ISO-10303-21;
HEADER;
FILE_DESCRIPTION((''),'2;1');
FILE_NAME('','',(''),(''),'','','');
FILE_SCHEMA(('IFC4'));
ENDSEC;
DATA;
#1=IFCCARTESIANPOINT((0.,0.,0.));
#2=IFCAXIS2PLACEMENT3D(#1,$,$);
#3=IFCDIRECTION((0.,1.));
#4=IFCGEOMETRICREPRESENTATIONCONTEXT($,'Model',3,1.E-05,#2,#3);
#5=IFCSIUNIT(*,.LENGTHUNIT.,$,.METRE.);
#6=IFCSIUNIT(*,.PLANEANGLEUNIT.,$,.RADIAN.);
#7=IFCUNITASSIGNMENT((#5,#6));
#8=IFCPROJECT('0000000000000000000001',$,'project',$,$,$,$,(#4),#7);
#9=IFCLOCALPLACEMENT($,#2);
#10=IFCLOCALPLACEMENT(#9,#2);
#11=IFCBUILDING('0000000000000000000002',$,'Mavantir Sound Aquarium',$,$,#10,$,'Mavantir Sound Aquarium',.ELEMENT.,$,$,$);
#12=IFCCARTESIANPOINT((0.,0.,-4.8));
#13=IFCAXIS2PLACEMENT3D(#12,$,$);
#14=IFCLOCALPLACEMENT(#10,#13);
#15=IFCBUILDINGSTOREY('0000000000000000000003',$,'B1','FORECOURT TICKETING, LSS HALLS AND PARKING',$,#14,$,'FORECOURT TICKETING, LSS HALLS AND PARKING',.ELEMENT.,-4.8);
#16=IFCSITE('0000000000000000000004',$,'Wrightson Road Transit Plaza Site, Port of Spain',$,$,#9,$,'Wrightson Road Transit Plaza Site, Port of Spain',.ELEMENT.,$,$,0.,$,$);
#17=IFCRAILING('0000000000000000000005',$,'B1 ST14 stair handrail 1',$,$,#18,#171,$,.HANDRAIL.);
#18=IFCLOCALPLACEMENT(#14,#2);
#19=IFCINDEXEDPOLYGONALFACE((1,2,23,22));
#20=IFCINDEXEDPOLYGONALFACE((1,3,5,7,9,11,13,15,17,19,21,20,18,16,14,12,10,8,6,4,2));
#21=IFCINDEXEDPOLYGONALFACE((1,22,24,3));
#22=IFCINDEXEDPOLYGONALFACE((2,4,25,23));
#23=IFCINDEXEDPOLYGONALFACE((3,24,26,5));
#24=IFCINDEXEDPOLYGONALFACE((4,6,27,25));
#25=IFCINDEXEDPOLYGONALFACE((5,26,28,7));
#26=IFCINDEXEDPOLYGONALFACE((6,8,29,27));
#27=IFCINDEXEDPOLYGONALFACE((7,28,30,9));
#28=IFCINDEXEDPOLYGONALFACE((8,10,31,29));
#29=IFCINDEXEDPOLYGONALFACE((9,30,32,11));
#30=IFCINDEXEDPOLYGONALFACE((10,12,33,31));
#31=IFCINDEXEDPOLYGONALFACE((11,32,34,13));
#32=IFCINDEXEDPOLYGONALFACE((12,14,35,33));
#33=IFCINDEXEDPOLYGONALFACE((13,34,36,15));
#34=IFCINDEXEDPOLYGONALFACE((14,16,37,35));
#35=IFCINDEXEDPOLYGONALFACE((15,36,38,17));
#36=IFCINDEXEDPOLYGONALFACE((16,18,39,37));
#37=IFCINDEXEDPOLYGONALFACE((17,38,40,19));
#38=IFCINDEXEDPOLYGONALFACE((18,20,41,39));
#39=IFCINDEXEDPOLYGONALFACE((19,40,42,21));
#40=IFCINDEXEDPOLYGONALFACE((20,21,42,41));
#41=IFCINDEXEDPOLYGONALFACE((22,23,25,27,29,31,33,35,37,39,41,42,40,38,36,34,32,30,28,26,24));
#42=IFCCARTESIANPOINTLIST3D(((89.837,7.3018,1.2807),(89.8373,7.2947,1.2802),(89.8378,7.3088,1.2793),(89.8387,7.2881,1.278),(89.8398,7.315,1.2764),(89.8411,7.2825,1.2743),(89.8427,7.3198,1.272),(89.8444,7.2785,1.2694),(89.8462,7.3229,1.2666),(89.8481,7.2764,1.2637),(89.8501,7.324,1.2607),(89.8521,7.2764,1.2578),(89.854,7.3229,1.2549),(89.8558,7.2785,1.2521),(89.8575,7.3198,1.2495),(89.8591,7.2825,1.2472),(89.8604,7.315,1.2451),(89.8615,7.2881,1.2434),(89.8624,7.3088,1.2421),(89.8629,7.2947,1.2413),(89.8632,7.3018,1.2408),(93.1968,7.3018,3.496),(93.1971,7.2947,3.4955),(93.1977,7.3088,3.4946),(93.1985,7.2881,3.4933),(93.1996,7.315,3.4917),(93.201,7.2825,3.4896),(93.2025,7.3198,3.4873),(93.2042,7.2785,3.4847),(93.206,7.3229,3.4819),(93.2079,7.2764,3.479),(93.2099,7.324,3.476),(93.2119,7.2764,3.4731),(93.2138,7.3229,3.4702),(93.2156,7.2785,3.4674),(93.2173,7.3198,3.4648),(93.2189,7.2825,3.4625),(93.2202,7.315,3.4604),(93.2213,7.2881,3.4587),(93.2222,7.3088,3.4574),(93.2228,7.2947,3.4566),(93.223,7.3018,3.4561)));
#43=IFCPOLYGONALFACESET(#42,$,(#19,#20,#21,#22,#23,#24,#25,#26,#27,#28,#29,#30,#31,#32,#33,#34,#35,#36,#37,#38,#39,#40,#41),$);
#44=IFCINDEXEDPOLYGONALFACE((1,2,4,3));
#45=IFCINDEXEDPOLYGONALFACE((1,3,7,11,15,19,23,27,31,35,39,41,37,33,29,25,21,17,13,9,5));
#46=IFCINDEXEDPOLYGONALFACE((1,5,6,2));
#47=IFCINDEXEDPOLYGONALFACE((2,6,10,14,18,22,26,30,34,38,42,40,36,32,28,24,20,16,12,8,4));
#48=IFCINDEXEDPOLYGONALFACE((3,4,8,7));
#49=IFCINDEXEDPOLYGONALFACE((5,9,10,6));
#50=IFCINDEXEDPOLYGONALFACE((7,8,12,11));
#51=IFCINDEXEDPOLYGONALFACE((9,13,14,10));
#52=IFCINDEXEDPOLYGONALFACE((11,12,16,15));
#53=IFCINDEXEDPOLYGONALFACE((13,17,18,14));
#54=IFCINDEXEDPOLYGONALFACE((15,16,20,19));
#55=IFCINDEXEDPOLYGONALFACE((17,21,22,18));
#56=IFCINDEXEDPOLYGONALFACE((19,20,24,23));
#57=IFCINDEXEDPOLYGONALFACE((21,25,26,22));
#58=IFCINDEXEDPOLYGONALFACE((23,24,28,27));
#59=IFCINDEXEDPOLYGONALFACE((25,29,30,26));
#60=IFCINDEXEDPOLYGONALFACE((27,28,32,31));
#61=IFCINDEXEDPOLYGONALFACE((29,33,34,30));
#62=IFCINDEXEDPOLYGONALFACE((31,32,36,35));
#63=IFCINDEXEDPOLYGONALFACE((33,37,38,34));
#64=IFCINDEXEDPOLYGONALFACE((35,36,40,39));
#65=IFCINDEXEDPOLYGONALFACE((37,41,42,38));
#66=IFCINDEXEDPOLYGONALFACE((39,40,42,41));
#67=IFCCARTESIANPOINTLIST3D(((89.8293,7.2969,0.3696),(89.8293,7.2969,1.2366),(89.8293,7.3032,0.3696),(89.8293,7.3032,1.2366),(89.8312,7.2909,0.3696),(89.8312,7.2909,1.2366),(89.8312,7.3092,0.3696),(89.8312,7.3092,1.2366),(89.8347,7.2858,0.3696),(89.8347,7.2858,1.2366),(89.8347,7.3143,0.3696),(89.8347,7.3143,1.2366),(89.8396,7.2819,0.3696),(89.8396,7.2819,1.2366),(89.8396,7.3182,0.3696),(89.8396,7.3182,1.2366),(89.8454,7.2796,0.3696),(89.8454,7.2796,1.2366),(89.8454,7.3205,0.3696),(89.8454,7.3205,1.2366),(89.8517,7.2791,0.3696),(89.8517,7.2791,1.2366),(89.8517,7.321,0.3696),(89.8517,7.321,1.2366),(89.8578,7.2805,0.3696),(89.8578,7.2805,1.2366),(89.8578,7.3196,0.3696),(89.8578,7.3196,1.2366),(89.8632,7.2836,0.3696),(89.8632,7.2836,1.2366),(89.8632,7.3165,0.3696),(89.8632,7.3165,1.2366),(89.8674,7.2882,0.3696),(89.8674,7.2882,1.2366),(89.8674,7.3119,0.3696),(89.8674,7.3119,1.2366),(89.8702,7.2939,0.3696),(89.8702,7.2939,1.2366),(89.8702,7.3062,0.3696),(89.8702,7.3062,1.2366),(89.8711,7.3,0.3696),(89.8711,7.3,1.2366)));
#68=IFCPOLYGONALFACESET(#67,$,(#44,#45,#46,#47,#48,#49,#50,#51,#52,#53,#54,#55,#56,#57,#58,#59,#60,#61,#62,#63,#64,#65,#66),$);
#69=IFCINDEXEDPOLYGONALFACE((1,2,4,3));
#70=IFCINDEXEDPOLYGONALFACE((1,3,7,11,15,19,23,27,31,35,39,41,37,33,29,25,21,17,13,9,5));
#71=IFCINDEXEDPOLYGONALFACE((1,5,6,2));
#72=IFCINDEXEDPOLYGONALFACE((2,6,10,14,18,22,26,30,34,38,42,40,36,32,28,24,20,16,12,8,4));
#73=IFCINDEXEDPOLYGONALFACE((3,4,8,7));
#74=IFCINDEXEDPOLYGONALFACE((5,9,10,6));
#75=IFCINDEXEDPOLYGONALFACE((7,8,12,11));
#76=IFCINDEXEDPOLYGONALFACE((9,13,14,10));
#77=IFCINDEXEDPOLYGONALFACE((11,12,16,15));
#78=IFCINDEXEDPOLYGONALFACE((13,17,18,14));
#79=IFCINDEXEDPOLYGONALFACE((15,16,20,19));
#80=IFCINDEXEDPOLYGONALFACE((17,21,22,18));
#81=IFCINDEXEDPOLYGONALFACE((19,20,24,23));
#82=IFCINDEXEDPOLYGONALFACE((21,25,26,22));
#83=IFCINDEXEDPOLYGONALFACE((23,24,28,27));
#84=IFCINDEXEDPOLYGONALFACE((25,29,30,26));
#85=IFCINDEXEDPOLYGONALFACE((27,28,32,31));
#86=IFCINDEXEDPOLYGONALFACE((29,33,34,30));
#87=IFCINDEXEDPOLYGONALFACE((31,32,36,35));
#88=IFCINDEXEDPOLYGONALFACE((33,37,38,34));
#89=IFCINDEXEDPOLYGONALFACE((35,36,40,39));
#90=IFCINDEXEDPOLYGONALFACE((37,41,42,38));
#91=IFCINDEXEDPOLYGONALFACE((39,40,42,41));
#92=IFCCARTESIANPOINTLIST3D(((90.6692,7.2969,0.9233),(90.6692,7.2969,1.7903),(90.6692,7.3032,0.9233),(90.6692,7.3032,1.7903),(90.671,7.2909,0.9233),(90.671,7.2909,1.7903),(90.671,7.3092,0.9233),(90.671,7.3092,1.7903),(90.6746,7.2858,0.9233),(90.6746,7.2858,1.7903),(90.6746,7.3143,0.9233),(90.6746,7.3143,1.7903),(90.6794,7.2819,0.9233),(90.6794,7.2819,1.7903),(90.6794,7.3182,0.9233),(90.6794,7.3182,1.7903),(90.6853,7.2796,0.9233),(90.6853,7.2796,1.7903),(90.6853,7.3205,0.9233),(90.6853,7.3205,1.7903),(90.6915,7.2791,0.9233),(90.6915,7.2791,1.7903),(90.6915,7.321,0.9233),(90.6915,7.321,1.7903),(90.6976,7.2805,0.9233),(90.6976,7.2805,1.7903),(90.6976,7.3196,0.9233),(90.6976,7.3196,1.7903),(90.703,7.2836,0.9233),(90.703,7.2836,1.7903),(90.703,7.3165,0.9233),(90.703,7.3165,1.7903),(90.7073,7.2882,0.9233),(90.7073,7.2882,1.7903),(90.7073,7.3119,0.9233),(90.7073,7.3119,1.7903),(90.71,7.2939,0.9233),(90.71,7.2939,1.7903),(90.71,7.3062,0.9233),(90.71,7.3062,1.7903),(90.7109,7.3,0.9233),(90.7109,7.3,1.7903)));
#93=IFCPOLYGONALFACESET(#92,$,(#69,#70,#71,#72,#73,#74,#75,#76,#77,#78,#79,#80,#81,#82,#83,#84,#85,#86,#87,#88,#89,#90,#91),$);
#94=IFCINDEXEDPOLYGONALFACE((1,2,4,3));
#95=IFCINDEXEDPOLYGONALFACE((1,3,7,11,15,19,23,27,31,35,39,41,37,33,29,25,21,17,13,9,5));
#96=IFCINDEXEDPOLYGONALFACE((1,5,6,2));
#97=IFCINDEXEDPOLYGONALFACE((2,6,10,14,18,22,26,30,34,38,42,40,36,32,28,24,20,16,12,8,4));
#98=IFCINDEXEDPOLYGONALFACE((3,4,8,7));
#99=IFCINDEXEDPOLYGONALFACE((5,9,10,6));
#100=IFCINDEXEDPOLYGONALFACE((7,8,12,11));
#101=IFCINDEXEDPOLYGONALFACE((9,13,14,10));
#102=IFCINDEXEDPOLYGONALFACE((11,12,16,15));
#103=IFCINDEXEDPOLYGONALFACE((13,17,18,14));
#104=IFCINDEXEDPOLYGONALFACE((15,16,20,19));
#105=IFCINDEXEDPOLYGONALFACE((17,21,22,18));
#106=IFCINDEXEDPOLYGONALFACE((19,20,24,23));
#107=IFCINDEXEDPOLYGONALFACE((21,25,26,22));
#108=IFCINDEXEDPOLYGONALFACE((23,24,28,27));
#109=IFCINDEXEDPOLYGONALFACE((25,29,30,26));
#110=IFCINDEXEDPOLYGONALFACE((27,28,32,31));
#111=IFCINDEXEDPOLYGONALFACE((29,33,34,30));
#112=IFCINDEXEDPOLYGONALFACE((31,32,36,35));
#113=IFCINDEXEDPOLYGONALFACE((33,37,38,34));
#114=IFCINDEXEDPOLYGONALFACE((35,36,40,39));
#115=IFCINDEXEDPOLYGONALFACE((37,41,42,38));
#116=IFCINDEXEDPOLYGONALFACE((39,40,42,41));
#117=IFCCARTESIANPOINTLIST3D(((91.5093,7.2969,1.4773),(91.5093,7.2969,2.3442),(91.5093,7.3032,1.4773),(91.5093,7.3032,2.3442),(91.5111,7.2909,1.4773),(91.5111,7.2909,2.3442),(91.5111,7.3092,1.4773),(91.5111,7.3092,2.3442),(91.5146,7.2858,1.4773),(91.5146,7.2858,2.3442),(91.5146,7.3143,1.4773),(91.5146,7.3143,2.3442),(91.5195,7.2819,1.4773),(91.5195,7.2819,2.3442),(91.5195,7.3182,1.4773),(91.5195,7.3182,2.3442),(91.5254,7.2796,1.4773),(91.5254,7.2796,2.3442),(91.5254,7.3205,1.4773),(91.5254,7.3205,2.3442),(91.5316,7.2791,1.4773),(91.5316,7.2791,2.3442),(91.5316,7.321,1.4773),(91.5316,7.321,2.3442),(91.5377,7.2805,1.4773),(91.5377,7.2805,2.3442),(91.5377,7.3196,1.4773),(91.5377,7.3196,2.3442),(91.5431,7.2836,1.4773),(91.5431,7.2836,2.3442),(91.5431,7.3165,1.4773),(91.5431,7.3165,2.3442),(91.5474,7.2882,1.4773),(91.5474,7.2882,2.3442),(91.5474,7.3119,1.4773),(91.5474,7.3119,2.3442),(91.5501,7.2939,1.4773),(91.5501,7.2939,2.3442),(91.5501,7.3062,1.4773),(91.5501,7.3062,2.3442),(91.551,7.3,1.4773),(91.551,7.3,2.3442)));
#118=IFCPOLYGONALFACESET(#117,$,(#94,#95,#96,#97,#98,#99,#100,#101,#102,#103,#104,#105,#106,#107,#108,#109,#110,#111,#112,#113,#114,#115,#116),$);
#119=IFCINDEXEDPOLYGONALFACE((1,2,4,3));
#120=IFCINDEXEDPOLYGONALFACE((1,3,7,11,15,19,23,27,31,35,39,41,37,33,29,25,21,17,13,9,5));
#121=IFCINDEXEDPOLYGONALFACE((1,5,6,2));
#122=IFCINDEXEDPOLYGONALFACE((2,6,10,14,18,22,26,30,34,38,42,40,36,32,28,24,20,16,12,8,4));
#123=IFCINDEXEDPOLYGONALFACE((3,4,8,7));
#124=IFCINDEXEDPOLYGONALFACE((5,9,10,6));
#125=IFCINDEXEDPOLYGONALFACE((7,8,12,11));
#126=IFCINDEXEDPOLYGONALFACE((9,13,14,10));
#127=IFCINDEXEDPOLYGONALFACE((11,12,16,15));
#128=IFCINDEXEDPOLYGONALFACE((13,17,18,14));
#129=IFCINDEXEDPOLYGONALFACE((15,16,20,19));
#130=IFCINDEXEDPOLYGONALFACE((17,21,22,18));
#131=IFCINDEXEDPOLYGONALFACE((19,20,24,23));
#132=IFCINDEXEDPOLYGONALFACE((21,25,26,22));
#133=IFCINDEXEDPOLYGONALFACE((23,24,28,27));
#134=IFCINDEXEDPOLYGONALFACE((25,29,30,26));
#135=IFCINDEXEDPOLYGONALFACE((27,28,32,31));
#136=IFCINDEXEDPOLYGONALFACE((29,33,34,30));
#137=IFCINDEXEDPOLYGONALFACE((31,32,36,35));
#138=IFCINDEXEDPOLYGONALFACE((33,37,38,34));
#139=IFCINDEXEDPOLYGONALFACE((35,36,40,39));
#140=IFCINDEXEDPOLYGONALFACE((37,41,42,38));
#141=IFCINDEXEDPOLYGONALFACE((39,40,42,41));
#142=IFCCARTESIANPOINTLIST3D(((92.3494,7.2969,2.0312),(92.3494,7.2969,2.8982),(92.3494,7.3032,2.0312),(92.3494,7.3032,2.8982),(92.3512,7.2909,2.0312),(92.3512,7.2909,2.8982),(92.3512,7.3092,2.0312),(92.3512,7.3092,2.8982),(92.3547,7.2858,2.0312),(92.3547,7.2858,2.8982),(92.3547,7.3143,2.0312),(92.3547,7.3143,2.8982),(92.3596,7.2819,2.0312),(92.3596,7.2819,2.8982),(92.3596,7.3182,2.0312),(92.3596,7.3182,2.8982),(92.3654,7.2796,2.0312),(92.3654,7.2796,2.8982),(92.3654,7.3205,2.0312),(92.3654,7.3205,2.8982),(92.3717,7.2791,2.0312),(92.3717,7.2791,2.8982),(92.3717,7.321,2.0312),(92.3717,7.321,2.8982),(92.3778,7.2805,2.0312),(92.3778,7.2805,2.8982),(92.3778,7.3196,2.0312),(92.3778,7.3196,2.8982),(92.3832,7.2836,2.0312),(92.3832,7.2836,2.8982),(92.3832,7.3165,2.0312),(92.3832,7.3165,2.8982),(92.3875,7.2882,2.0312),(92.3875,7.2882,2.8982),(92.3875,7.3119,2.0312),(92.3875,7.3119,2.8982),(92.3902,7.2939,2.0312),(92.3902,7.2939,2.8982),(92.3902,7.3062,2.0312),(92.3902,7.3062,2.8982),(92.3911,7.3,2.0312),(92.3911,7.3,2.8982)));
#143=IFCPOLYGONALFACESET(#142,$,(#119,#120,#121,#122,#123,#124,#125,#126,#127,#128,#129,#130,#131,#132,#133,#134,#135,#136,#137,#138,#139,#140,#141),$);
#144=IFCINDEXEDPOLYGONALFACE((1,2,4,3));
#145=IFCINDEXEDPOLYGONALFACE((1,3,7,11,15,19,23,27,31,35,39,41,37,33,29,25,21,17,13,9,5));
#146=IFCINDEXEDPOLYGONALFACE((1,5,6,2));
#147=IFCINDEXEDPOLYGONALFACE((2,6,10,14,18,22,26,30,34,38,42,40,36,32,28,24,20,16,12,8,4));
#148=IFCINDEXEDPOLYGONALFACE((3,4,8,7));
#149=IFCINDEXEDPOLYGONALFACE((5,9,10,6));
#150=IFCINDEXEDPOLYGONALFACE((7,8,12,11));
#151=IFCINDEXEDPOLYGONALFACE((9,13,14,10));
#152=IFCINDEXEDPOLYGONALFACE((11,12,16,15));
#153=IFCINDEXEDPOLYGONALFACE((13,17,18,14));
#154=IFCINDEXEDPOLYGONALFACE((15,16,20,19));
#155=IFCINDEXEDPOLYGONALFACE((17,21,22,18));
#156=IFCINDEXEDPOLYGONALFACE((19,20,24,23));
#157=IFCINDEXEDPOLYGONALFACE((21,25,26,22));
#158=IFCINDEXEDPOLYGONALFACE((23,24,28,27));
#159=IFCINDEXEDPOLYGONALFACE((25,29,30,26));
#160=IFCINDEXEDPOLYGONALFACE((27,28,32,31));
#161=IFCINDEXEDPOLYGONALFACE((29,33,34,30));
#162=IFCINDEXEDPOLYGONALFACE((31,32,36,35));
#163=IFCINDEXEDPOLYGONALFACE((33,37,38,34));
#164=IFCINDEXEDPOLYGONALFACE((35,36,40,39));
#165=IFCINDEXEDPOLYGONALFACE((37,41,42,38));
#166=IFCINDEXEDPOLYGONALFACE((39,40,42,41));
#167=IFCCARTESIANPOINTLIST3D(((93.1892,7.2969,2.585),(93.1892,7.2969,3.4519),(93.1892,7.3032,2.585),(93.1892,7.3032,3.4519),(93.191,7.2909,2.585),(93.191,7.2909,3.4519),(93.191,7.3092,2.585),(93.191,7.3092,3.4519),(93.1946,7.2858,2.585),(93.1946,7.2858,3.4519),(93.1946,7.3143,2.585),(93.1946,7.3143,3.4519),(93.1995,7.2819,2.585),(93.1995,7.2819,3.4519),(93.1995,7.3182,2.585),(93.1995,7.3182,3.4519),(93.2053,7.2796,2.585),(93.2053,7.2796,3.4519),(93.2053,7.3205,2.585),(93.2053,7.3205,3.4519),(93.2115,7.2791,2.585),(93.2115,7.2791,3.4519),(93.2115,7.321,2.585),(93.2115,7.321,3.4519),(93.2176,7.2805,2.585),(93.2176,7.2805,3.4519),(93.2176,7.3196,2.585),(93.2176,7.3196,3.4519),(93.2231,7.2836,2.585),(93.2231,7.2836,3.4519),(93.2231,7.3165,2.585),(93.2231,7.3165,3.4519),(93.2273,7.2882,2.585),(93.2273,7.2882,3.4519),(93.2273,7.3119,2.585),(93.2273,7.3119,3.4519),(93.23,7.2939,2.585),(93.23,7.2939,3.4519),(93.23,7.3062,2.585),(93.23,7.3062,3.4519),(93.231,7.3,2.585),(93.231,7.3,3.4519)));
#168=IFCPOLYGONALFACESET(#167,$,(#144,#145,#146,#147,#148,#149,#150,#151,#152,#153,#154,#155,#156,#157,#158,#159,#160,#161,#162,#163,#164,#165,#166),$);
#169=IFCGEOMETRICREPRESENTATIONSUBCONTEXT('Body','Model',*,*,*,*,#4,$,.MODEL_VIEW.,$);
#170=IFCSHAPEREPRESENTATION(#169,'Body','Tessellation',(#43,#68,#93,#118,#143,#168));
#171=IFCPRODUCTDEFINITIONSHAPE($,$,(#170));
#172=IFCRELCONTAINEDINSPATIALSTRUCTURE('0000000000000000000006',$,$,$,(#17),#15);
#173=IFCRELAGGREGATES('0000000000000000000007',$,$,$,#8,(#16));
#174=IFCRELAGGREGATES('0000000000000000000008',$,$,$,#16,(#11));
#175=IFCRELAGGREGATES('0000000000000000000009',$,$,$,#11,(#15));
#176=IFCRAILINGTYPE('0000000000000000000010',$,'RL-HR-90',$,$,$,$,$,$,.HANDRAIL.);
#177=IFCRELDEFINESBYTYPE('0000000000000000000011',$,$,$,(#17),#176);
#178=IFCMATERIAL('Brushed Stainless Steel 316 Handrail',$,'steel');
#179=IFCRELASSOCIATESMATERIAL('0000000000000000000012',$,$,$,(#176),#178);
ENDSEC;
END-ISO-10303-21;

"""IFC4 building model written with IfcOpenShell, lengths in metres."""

from ifc_helpers import new_model, si_unit, direction, frame, origin, origin_2d, place, context, subcontext, project, spatial, circle, extrude, material, type_object, element, save


model = new_model("IFC4")

# Units and contexts
model_context = context("Model", 3, precision=1e-05, world=origin(), true_north=direction((0.0, 1.0)))
body_context = subcontext(model_context, "Body", "Model", "MODEL_VIEW")
ifc_project = project(units=[si_unit("LENGTHUNIT", "METRE"), si_unit("PLANEANGLEUNIT", "RADIAN")], contexts=[model_context])

# Site, building, storey
site_placement = place(None, origin())
site = spatial("IfcSite", under=ifc_project, at=site_placement, Name="Wrightson Road Transit Plaza Site, Port of Spain", LongName="Wrightson Road Transit Plaza Site, Port of Spain", CompositionType="ELEMENT", RefElevation=0.0)
building_placement = place(site_placement, origin())
building = spatial("IfcBuilding", under=site, at=building_placement, Name="Mavantir Sound Aquarium", LongName="Mavantir Sound Aquarium", CompositionType="ELEMENT")
storey_placement = place(building_placement, frame((0.0, 0.0, -4.8)))
storey = spatial("IfcBuildingStorey", under=building, at=storey_placement, Name="B1", Description="FORECOURT TICKETING, LSS HALLS AND PARKING", LongName="FORECOURT TICKETING, LSS HALLS AND PARKING", CompositionType="ELEMENT", Elevation=-4.8)

# Railing
ifc_material_1 = material(Name="Brushed Stainless Steel 316 Handrail", Category="steel")
railing_type_1 = type_object("IfcRailingType", Name="RL-HR-90", PredefinedType="HANDRAIL", material=ifc_material_1)
railing_1_placement = place(storey_placement, frame((89.8501, 7.3, 0.3696)))
element("IfcRailing", 1, at=railing_1_placement, inside=storey, type_object=railing_type_1, Name="B1 ST14 stair handrail 1", PredefinedType="HANDRAIL", context=body_context, shape_type="SweptSolid", body=[
    extrude(circle(Radius=0.0239, at=origin_2d()), frame((0.0, 0.0, 0.8911), z_axis=(0.834858, 0.0, 0.550465), x_axis=(0.0, 1.0, 0.0)), (0.0, 0.0, 1.0), 4.0244),
    extrude(circle(Radius=0.021, at=origin_2d()), origin(), (0.0, 0.0, 1.0), 0.8669),
    extrude(circle(Radius=0.021, at=origin_2d()), frame((0.8398, 0.0, 0.5537)), (0.0, 0.0, 1.0), 0.8669),
    extrude(circle(Radius=0.021, at=origin_2d()), frame((1.6799, 0.0, 1.1077)), (0.0, 0.0, 1.0), 0.8669),
    extrude(circle(Radius=0.021, at=origin_2d()), frame((2.52, 0.0, 1.6616)), (0.0, 0.0, 1.0), 0.8669),
    extrude(circle(Radius=0.021, at=origin_2d()), frame((3.3599, 0.0, 2.2153)), (0.0, 0.0, 1.0), 0.8669),
])

save(model, "model.ifc")
